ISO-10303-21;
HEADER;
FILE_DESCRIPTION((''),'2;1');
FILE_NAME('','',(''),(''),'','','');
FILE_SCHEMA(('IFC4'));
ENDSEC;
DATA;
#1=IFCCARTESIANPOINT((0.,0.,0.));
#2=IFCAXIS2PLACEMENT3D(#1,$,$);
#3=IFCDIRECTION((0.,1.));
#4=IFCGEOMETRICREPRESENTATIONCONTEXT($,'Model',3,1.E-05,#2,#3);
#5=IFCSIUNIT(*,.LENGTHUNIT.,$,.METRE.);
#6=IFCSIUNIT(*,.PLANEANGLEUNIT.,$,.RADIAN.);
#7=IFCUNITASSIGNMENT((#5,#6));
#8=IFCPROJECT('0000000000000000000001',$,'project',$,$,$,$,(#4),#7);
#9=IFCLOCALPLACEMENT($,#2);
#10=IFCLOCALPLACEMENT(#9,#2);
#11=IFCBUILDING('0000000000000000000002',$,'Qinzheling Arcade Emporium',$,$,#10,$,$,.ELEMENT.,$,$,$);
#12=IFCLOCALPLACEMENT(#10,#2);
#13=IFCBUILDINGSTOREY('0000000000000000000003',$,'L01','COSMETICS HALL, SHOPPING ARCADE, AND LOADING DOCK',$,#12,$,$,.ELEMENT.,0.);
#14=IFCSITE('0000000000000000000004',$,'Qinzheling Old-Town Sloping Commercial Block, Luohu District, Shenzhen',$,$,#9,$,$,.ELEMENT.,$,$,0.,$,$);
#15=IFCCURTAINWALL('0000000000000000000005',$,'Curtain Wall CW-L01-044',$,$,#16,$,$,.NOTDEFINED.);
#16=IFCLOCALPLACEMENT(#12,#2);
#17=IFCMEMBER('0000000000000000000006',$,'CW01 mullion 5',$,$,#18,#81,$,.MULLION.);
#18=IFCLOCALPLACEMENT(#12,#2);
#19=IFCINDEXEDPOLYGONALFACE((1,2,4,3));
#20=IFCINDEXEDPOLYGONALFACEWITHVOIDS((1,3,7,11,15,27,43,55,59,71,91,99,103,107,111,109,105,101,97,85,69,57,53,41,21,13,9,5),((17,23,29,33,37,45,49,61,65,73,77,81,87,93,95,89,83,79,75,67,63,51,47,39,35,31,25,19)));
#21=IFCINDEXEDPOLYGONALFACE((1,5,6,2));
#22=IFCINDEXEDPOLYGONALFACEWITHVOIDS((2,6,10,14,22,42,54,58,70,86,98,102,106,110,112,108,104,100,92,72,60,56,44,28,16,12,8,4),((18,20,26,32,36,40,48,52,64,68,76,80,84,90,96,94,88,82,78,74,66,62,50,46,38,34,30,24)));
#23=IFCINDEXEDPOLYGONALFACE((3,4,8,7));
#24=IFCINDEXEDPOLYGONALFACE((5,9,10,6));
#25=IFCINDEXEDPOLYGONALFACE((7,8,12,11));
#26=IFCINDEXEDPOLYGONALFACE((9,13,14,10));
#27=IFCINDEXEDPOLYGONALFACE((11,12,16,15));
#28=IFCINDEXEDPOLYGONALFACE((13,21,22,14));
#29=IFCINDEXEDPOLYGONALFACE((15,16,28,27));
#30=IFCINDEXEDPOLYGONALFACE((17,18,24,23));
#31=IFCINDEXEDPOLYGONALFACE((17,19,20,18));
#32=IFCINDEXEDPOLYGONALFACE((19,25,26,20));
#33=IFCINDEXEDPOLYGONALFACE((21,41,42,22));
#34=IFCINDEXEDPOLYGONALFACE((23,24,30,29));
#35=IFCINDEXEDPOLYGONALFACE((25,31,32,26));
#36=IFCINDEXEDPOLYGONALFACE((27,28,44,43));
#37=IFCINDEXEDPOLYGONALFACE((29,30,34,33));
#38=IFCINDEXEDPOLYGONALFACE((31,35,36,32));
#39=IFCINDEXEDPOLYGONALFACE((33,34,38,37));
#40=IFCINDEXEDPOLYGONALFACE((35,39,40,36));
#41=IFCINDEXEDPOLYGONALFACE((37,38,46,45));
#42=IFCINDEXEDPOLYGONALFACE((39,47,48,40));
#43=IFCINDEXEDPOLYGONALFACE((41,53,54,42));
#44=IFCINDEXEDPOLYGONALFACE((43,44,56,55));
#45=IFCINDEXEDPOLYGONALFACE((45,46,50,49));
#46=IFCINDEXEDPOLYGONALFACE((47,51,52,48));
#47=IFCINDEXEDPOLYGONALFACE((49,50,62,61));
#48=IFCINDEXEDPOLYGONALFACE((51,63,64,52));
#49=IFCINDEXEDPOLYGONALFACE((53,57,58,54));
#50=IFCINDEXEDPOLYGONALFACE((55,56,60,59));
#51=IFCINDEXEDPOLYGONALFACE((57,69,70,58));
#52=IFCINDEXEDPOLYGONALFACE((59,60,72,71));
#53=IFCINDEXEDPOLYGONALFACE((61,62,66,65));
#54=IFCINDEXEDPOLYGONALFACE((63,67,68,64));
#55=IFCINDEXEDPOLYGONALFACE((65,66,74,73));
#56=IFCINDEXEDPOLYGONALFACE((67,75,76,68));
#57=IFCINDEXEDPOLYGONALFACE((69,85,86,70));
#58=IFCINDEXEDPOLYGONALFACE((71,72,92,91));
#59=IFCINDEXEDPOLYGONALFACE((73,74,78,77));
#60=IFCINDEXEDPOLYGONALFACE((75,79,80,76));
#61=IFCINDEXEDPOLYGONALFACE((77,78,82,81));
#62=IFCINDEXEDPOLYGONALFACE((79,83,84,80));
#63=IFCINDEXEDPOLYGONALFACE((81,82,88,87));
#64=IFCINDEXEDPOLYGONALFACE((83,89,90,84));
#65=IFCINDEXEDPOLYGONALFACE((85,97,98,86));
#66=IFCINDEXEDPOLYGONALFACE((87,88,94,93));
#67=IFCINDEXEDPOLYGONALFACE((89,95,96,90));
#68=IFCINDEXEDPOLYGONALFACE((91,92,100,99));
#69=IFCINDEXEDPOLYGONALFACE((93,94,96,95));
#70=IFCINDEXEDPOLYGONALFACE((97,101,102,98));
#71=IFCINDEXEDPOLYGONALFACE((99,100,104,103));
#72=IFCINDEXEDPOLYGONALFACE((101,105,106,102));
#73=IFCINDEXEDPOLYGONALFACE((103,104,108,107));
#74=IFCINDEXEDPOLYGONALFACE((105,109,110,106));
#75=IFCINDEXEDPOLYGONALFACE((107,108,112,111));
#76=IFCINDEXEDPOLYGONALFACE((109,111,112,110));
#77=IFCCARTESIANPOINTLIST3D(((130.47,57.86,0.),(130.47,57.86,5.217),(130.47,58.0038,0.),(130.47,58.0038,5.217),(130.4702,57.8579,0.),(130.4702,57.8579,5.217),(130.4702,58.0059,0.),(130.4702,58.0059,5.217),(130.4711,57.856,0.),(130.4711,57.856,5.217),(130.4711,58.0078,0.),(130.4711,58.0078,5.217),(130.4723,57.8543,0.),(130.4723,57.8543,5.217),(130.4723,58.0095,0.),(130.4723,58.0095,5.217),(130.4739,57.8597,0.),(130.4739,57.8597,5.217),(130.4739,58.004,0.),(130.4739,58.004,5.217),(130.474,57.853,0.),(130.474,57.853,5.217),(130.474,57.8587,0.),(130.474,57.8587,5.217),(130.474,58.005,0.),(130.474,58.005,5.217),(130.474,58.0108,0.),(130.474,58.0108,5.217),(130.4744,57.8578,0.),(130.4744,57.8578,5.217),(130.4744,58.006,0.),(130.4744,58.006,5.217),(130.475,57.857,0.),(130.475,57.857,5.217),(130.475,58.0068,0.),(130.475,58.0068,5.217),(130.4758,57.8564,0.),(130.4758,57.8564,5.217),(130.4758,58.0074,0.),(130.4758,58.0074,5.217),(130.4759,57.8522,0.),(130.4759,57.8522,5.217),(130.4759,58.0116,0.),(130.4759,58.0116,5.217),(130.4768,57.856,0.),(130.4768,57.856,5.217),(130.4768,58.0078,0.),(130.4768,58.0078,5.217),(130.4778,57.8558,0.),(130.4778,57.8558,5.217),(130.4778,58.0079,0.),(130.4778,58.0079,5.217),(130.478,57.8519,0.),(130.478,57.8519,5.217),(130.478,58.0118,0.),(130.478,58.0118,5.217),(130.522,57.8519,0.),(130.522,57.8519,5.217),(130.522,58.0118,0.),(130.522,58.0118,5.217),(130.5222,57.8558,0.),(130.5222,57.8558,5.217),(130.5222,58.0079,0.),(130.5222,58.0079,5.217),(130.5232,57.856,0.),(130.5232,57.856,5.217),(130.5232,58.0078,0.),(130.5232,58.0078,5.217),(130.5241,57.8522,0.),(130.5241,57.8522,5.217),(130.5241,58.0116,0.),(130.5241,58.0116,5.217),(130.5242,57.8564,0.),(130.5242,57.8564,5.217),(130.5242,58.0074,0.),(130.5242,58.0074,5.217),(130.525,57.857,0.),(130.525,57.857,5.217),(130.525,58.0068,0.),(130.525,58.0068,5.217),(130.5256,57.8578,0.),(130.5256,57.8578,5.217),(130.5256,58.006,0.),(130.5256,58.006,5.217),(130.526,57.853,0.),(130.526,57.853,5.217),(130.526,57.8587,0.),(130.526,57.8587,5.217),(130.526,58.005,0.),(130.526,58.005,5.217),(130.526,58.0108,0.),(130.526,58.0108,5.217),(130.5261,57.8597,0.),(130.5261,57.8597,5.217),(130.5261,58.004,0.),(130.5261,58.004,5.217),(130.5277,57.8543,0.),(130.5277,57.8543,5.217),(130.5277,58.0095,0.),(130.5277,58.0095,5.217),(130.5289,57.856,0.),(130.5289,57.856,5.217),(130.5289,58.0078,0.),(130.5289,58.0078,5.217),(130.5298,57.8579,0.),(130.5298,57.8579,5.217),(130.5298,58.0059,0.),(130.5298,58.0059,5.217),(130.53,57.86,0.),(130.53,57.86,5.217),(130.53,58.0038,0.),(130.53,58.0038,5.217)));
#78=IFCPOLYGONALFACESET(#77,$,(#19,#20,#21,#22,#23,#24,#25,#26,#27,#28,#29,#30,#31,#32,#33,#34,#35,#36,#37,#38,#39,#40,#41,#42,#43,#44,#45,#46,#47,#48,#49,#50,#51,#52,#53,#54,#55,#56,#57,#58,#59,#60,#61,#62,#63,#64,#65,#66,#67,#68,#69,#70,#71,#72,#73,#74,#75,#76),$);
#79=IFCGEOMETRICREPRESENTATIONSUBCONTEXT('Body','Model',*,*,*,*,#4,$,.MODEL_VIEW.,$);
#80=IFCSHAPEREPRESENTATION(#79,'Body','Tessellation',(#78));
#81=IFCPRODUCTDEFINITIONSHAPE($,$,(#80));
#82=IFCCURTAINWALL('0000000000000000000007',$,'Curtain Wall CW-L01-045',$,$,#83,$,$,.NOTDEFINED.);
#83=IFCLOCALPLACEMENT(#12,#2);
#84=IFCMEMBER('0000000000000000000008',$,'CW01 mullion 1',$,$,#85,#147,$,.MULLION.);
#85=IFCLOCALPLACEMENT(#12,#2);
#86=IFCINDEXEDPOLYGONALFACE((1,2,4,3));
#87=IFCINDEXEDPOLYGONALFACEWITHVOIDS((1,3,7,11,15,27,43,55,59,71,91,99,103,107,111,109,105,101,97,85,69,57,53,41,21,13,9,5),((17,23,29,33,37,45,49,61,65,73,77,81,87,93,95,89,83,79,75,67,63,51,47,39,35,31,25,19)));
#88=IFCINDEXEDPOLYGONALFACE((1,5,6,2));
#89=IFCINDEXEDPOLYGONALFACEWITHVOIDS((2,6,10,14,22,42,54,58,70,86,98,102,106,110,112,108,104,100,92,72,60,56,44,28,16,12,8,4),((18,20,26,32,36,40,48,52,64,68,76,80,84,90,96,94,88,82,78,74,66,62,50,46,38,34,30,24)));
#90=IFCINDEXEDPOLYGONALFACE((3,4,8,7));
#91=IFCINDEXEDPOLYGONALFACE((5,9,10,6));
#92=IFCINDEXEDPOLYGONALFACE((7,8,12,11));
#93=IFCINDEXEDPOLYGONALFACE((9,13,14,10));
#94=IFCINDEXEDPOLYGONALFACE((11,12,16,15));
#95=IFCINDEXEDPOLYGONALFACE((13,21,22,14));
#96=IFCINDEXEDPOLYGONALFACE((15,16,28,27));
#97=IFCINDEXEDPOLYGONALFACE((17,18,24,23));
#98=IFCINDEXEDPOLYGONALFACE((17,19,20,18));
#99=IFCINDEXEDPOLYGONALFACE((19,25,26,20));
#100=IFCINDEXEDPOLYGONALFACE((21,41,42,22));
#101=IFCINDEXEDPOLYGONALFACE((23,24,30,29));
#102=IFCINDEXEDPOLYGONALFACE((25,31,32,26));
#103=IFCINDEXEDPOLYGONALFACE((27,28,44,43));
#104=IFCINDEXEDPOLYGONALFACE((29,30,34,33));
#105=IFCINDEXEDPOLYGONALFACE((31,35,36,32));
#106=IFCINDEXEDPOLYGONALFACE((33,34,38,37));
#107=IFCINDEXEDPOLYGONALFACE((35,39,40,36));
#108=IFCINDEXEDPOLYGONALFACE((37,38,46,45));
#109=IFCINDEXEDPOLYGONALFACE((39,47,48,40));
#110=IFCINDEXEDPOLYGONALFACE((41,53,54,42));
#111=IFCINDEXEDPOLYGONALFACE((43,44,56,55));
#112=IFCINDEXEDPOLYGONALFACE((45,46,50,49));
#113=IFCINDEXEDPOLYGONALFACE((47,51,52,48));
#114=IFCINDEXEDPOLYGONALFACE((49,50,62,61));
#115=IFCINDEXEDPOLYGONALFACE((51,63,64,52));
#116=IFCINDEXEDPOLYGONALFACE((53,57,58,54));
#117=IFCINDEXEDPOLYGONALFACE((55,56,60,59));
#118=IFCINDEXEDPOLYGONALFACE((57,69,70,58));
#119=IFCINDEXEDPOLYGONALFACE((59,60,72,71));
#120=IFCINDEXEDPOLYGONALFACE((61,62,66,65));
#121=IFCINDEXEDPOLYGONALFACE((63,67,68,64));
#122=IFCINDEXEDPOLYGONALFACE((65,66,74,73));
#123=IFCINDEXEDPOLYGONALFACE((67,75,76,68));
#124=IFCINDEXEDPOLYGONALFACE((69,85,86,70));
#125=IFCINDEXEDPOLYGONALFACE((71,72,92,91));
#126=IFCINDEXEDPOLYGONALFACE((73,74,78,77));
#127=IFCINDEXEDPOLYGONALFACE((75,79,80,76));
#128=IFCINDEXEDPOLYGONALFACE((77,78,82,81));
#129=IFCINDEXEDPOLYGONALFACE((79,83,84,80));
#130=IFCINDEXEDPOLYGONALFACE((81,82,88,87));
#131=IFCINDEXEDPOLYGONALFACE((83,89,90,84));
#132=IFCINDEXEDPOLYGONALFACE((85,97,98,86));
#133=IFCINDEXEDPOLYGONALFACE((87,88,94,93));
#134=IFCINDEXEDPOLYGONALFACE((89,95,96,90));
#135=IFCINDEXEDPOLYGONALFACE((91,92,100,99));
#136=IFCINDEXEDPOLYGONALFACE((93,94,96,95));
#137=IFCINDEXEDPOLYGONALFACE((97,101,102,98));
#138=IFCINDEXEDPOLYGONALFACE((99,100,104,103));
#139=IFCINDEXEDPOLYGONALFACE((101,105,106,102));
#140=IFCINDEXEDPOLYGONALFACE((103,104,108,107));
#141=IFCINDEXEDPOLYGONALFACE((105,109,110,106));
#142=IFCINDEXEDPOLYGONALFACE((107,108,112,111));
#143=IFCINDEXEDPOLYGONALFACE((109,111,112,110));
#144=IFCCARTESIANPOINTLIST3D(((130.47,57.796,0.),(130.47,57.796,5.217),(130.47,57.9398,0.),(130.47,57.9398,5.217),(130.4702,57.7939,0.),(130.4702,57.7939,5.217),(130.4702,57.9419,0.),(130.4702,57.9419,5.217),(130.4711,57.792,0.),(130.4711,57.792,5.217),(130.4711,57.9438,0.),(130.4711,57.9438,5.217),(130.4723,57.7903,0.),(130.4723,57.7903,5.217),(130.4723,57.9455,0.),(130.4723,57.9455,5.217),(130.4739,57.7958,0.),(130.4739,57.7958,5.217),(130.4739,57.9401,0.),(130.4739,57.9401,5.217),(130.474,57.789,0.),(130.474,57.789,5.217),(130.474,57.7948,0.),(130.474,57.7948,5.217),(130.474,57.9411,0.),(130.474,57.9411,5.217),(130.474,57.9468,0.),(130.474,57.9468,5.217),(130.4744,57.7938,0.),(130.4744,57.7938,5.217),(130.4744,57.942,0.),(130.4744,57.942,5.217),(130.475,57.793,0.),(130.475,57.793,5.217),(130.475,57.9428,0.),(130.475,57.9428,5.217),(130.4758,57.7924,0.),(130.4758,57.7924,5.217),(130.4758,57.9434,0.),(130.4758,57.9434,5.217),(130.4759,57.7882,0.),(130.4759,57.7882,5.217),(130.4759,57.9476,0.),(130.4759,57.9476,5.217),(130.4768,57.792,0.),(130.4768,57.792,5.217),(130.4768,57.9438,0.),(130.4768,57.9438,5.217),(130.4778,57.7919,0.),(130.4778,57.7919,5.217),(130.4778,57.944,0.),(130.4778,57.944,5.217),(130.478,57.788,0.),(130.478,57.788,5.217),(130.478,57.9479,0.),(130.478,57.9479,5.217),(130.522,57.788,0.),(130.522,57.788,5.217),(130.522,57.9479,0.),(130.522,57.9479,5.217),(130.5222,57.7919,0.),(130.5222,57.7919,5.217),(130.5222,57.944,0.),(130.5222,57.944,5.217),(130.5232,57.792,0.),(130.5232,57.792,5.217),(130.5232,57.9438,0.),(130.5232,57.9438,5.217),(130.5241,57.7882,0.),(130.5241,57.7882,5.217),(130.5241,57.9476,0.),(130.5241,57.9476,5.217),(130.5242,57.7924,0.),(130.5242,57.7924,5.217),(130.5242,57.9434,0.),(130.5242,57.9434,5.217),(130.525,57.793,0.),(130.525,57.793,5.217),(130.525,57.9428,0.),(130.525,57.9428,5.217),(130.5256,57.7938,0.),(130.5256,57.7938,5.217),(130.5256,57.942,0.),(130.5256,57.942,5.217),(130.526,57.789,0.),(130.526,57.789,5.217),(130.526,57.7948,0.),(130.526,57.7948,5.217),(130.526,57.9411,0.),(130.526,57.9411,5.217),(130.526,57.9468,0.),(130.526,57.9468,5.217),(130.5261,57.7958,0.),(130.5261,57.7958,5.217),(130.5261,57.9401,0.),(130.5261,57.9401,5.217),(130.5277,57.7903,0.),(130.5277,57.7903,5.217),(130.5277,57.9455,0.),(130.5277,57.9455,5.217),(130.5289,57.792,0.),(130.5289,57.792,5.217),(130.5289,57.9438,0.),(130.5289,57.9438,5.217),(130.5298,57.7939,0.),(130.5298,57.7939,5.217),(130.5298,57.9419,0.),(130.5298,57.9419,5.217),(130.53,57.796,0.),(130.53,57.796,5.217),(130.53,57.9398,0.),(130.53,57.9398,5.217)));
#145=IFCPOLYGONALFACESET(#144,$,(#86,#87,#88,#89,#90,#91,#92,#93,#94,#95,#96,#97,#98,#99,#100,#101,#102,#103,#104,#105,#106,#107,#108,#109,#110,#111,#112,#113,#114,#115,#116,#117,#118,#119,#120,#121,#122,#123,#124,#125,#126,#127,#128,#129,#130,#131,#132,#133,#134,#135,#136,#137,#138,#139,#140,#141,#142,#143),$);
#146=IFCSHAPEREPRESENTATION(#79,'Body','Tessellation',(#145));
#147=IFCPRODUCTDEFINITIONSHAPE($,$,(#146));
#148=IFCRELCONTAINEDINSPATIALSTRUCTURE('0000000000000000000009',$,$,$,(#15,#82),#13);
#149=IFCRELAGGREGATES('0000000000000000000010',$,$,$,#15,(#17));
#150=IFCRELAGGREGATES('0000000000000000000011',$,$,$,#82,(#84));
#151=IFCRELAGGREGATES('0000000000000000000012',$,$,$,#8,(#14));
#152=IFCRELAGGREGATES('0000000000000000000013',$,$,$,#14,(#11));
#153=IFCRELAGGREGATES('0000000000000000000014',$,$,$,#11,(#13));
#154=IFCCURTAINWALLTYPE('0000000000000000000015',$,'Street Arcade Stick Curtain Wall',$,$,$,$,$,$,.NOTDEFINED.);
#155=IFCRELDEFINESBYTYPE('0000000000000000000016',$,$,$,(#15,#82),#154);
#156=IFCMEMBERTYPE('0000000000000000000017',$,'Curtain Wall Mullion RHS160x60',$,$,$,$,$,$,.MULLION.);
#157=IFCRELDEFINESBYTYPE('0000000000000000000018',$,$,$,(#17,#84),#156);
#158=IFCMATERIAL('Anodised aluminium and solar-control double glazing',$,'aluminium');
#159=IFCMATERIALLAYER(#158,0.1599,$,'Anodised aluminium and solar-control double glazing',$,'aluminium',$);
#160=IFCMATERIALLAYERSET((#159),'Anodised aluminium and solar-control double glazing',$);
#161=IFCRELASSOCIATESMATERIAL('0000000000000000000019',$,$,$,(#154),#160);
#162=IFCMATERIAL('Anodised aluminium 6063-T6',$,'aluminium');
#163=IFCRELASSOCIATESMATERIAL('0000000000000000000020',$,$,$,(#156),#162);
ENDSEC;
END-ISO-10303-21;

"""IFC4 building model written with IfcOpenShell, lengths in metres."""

from ifc_helpers import new_model, si_unit, direction, frame, origin, origin_2d, place, context, subcontext, project, spatial, hollow_rectangle, extrude, material, layer, layer_set, material_profile, profile_set, type_object, element, aggregate, save


model = new_model("IFC4")

# Units and contexts
model_context = context("Model", 3, precision=1e-05, world=origin(), true_north=direction((0.0, 1.0)))
body_context = subcontext(model_context, "Body", "Model", "MODEL_VIEW")
ifc_project = project(units=[si_unit("LENGTHUNIT", "METRE"), si_unit("PLANEANGLEUNIT", "RADIAN")], contexts=[model_context])

# Site, building, storey
site_placement = place(None, origin())
site = spatial("IfcSite", under=ifc_project, at=site_placement, Name="Qinzheling Old-Town Sloping Commercial Block, Luohu District, Shenzhen", CompositionType="ELEMENT", RefElevation=0.0)
building_placement = place(site_placement, origin())
building = spatial("IfcBuilding", under=site, at=building_placement, Name="Qinzheling Arcade Emporium", CompositionType="ELEMENT")
storey_placement = place(building_placement, origin())
storey = spatial("IfcBuildingStorey", under=building, at=storey_placement, Name="L01", Description="COSMETICS HALL, SHOPPING ARCADE, AND LOADING DOCK", CompositionType="ELEMENT", Elevation=0.0)

# Curtain wall, member
ifc_material_1 = material(Name="Anodised aluminium and solar-control double glazing", Category="aluminium")
ifc_layer_1 = layer(ifc_material_1, 0.1599, Name="Anodised aluminium and solar-control double glazing", Category="aluminium")
ifc_layer_set_1 = layer_set([ifc_layer_1], Name="Anodised aluminium and solar-control double glazing")
curtain_wall_type = type_object("IfcCurtainWallType", Name="Street Arcade Stick Curtain Wall", PredefinedType="NOTDEFINED", material=ifc_layer_set_1)
curtain_wall_1_placement = place(storey_placement, origin())
curtain_wall_1 = element("IfcCurtainWall", 1, at=curtain_wall_1_placement, inside=storey, type_object=curtain_wall_type, Name="Curtain Wall CW-L01-044", PredefinedType="NOTDEFINED")
ifc_material_2 = material(Name="Anodised aluminium 6063-T6", Category="aluminium")
ifc_material_profile_1 = material_profile(ifc_material_2, hollow_rectangle(XDim=0.0601, YDim=0.1599, WallThickness=0.0039, InnerFilletRadius=0.0039, OuterFilletRadius=0.0081, at=origin_2d()), Name="RHS 160x60x4", Category="aluminium")
ifc_profile_set_1 = profile_set([ifc_material_profile_1], Name="Anodised aluminium 6063-T6")
member_type_1 = type_object("IfcMemberType", Name="Curtain Wall Mullion RHS160x60", PredefinedType="MULLION", material=ifc_profile_set_1)
member_1_placement = place(storey_placement, frame((130.5, 57.9319, 0.0), z_axis=(0.0, 0.0, 1.0), x_axis=(1.0, 0.0, 0.0)))
member_1 = element("IfcMember", 2, at=member_1_placement, type_object=member_type_1, Name="CW01 mullion 5", PredefinedType="MULLION", context=body_context, shape_type="SweptSolid", body=[
    extrude(hollow_rectangle(XDim=0.0601, YDim=0.1599, WallThickness=0.0039, InnerFilletRadius=0.0039, OuterFilletRadius=0.0081, at=origin_2d()), origin(), (0.0, 0.0, 1.0), 5.217),
])

# Curtain wall, member
curtain_wall_2_placement = place(storey_placement, origin())
curtain_wall_2 = element("IfcCurtainWall", 3, at=curtain_wall_2_placement, inside=storey, type_object=curtain_wall_type, Name="Curtain Wall CW-L01-045", PredefinedType="NOTDEFINED")
member_2_placement = place(storey_placement, frame((130.5, 57.8679, 0.0), z_axis=(0.0, 0.0, 1.0), x_axis=(1.0, 0.0, 0.0)))
member_2 = element("IfcMember", 4, at=member_2_placement, type_object=member_type_1, Name="CW01 mullion 1", PredefinedType="MULLION", context=body_context, shape_type="SweptSolid", body=[
    extrude(hollow_rectangle(XDim=0.0601, YDim=0.1599, WallThickness=0.0039, InnerFilletRadius=0.0039, OuterFilletRadius=0.0081, at=origin_2d()), origin(), (0.0, 0.0, 1.0), 5.217),
])

aggregate(curtain_wall_1, [member_1])
aggregate(curtain_wall_2, [member_2])

save(model, "model.ifc")
